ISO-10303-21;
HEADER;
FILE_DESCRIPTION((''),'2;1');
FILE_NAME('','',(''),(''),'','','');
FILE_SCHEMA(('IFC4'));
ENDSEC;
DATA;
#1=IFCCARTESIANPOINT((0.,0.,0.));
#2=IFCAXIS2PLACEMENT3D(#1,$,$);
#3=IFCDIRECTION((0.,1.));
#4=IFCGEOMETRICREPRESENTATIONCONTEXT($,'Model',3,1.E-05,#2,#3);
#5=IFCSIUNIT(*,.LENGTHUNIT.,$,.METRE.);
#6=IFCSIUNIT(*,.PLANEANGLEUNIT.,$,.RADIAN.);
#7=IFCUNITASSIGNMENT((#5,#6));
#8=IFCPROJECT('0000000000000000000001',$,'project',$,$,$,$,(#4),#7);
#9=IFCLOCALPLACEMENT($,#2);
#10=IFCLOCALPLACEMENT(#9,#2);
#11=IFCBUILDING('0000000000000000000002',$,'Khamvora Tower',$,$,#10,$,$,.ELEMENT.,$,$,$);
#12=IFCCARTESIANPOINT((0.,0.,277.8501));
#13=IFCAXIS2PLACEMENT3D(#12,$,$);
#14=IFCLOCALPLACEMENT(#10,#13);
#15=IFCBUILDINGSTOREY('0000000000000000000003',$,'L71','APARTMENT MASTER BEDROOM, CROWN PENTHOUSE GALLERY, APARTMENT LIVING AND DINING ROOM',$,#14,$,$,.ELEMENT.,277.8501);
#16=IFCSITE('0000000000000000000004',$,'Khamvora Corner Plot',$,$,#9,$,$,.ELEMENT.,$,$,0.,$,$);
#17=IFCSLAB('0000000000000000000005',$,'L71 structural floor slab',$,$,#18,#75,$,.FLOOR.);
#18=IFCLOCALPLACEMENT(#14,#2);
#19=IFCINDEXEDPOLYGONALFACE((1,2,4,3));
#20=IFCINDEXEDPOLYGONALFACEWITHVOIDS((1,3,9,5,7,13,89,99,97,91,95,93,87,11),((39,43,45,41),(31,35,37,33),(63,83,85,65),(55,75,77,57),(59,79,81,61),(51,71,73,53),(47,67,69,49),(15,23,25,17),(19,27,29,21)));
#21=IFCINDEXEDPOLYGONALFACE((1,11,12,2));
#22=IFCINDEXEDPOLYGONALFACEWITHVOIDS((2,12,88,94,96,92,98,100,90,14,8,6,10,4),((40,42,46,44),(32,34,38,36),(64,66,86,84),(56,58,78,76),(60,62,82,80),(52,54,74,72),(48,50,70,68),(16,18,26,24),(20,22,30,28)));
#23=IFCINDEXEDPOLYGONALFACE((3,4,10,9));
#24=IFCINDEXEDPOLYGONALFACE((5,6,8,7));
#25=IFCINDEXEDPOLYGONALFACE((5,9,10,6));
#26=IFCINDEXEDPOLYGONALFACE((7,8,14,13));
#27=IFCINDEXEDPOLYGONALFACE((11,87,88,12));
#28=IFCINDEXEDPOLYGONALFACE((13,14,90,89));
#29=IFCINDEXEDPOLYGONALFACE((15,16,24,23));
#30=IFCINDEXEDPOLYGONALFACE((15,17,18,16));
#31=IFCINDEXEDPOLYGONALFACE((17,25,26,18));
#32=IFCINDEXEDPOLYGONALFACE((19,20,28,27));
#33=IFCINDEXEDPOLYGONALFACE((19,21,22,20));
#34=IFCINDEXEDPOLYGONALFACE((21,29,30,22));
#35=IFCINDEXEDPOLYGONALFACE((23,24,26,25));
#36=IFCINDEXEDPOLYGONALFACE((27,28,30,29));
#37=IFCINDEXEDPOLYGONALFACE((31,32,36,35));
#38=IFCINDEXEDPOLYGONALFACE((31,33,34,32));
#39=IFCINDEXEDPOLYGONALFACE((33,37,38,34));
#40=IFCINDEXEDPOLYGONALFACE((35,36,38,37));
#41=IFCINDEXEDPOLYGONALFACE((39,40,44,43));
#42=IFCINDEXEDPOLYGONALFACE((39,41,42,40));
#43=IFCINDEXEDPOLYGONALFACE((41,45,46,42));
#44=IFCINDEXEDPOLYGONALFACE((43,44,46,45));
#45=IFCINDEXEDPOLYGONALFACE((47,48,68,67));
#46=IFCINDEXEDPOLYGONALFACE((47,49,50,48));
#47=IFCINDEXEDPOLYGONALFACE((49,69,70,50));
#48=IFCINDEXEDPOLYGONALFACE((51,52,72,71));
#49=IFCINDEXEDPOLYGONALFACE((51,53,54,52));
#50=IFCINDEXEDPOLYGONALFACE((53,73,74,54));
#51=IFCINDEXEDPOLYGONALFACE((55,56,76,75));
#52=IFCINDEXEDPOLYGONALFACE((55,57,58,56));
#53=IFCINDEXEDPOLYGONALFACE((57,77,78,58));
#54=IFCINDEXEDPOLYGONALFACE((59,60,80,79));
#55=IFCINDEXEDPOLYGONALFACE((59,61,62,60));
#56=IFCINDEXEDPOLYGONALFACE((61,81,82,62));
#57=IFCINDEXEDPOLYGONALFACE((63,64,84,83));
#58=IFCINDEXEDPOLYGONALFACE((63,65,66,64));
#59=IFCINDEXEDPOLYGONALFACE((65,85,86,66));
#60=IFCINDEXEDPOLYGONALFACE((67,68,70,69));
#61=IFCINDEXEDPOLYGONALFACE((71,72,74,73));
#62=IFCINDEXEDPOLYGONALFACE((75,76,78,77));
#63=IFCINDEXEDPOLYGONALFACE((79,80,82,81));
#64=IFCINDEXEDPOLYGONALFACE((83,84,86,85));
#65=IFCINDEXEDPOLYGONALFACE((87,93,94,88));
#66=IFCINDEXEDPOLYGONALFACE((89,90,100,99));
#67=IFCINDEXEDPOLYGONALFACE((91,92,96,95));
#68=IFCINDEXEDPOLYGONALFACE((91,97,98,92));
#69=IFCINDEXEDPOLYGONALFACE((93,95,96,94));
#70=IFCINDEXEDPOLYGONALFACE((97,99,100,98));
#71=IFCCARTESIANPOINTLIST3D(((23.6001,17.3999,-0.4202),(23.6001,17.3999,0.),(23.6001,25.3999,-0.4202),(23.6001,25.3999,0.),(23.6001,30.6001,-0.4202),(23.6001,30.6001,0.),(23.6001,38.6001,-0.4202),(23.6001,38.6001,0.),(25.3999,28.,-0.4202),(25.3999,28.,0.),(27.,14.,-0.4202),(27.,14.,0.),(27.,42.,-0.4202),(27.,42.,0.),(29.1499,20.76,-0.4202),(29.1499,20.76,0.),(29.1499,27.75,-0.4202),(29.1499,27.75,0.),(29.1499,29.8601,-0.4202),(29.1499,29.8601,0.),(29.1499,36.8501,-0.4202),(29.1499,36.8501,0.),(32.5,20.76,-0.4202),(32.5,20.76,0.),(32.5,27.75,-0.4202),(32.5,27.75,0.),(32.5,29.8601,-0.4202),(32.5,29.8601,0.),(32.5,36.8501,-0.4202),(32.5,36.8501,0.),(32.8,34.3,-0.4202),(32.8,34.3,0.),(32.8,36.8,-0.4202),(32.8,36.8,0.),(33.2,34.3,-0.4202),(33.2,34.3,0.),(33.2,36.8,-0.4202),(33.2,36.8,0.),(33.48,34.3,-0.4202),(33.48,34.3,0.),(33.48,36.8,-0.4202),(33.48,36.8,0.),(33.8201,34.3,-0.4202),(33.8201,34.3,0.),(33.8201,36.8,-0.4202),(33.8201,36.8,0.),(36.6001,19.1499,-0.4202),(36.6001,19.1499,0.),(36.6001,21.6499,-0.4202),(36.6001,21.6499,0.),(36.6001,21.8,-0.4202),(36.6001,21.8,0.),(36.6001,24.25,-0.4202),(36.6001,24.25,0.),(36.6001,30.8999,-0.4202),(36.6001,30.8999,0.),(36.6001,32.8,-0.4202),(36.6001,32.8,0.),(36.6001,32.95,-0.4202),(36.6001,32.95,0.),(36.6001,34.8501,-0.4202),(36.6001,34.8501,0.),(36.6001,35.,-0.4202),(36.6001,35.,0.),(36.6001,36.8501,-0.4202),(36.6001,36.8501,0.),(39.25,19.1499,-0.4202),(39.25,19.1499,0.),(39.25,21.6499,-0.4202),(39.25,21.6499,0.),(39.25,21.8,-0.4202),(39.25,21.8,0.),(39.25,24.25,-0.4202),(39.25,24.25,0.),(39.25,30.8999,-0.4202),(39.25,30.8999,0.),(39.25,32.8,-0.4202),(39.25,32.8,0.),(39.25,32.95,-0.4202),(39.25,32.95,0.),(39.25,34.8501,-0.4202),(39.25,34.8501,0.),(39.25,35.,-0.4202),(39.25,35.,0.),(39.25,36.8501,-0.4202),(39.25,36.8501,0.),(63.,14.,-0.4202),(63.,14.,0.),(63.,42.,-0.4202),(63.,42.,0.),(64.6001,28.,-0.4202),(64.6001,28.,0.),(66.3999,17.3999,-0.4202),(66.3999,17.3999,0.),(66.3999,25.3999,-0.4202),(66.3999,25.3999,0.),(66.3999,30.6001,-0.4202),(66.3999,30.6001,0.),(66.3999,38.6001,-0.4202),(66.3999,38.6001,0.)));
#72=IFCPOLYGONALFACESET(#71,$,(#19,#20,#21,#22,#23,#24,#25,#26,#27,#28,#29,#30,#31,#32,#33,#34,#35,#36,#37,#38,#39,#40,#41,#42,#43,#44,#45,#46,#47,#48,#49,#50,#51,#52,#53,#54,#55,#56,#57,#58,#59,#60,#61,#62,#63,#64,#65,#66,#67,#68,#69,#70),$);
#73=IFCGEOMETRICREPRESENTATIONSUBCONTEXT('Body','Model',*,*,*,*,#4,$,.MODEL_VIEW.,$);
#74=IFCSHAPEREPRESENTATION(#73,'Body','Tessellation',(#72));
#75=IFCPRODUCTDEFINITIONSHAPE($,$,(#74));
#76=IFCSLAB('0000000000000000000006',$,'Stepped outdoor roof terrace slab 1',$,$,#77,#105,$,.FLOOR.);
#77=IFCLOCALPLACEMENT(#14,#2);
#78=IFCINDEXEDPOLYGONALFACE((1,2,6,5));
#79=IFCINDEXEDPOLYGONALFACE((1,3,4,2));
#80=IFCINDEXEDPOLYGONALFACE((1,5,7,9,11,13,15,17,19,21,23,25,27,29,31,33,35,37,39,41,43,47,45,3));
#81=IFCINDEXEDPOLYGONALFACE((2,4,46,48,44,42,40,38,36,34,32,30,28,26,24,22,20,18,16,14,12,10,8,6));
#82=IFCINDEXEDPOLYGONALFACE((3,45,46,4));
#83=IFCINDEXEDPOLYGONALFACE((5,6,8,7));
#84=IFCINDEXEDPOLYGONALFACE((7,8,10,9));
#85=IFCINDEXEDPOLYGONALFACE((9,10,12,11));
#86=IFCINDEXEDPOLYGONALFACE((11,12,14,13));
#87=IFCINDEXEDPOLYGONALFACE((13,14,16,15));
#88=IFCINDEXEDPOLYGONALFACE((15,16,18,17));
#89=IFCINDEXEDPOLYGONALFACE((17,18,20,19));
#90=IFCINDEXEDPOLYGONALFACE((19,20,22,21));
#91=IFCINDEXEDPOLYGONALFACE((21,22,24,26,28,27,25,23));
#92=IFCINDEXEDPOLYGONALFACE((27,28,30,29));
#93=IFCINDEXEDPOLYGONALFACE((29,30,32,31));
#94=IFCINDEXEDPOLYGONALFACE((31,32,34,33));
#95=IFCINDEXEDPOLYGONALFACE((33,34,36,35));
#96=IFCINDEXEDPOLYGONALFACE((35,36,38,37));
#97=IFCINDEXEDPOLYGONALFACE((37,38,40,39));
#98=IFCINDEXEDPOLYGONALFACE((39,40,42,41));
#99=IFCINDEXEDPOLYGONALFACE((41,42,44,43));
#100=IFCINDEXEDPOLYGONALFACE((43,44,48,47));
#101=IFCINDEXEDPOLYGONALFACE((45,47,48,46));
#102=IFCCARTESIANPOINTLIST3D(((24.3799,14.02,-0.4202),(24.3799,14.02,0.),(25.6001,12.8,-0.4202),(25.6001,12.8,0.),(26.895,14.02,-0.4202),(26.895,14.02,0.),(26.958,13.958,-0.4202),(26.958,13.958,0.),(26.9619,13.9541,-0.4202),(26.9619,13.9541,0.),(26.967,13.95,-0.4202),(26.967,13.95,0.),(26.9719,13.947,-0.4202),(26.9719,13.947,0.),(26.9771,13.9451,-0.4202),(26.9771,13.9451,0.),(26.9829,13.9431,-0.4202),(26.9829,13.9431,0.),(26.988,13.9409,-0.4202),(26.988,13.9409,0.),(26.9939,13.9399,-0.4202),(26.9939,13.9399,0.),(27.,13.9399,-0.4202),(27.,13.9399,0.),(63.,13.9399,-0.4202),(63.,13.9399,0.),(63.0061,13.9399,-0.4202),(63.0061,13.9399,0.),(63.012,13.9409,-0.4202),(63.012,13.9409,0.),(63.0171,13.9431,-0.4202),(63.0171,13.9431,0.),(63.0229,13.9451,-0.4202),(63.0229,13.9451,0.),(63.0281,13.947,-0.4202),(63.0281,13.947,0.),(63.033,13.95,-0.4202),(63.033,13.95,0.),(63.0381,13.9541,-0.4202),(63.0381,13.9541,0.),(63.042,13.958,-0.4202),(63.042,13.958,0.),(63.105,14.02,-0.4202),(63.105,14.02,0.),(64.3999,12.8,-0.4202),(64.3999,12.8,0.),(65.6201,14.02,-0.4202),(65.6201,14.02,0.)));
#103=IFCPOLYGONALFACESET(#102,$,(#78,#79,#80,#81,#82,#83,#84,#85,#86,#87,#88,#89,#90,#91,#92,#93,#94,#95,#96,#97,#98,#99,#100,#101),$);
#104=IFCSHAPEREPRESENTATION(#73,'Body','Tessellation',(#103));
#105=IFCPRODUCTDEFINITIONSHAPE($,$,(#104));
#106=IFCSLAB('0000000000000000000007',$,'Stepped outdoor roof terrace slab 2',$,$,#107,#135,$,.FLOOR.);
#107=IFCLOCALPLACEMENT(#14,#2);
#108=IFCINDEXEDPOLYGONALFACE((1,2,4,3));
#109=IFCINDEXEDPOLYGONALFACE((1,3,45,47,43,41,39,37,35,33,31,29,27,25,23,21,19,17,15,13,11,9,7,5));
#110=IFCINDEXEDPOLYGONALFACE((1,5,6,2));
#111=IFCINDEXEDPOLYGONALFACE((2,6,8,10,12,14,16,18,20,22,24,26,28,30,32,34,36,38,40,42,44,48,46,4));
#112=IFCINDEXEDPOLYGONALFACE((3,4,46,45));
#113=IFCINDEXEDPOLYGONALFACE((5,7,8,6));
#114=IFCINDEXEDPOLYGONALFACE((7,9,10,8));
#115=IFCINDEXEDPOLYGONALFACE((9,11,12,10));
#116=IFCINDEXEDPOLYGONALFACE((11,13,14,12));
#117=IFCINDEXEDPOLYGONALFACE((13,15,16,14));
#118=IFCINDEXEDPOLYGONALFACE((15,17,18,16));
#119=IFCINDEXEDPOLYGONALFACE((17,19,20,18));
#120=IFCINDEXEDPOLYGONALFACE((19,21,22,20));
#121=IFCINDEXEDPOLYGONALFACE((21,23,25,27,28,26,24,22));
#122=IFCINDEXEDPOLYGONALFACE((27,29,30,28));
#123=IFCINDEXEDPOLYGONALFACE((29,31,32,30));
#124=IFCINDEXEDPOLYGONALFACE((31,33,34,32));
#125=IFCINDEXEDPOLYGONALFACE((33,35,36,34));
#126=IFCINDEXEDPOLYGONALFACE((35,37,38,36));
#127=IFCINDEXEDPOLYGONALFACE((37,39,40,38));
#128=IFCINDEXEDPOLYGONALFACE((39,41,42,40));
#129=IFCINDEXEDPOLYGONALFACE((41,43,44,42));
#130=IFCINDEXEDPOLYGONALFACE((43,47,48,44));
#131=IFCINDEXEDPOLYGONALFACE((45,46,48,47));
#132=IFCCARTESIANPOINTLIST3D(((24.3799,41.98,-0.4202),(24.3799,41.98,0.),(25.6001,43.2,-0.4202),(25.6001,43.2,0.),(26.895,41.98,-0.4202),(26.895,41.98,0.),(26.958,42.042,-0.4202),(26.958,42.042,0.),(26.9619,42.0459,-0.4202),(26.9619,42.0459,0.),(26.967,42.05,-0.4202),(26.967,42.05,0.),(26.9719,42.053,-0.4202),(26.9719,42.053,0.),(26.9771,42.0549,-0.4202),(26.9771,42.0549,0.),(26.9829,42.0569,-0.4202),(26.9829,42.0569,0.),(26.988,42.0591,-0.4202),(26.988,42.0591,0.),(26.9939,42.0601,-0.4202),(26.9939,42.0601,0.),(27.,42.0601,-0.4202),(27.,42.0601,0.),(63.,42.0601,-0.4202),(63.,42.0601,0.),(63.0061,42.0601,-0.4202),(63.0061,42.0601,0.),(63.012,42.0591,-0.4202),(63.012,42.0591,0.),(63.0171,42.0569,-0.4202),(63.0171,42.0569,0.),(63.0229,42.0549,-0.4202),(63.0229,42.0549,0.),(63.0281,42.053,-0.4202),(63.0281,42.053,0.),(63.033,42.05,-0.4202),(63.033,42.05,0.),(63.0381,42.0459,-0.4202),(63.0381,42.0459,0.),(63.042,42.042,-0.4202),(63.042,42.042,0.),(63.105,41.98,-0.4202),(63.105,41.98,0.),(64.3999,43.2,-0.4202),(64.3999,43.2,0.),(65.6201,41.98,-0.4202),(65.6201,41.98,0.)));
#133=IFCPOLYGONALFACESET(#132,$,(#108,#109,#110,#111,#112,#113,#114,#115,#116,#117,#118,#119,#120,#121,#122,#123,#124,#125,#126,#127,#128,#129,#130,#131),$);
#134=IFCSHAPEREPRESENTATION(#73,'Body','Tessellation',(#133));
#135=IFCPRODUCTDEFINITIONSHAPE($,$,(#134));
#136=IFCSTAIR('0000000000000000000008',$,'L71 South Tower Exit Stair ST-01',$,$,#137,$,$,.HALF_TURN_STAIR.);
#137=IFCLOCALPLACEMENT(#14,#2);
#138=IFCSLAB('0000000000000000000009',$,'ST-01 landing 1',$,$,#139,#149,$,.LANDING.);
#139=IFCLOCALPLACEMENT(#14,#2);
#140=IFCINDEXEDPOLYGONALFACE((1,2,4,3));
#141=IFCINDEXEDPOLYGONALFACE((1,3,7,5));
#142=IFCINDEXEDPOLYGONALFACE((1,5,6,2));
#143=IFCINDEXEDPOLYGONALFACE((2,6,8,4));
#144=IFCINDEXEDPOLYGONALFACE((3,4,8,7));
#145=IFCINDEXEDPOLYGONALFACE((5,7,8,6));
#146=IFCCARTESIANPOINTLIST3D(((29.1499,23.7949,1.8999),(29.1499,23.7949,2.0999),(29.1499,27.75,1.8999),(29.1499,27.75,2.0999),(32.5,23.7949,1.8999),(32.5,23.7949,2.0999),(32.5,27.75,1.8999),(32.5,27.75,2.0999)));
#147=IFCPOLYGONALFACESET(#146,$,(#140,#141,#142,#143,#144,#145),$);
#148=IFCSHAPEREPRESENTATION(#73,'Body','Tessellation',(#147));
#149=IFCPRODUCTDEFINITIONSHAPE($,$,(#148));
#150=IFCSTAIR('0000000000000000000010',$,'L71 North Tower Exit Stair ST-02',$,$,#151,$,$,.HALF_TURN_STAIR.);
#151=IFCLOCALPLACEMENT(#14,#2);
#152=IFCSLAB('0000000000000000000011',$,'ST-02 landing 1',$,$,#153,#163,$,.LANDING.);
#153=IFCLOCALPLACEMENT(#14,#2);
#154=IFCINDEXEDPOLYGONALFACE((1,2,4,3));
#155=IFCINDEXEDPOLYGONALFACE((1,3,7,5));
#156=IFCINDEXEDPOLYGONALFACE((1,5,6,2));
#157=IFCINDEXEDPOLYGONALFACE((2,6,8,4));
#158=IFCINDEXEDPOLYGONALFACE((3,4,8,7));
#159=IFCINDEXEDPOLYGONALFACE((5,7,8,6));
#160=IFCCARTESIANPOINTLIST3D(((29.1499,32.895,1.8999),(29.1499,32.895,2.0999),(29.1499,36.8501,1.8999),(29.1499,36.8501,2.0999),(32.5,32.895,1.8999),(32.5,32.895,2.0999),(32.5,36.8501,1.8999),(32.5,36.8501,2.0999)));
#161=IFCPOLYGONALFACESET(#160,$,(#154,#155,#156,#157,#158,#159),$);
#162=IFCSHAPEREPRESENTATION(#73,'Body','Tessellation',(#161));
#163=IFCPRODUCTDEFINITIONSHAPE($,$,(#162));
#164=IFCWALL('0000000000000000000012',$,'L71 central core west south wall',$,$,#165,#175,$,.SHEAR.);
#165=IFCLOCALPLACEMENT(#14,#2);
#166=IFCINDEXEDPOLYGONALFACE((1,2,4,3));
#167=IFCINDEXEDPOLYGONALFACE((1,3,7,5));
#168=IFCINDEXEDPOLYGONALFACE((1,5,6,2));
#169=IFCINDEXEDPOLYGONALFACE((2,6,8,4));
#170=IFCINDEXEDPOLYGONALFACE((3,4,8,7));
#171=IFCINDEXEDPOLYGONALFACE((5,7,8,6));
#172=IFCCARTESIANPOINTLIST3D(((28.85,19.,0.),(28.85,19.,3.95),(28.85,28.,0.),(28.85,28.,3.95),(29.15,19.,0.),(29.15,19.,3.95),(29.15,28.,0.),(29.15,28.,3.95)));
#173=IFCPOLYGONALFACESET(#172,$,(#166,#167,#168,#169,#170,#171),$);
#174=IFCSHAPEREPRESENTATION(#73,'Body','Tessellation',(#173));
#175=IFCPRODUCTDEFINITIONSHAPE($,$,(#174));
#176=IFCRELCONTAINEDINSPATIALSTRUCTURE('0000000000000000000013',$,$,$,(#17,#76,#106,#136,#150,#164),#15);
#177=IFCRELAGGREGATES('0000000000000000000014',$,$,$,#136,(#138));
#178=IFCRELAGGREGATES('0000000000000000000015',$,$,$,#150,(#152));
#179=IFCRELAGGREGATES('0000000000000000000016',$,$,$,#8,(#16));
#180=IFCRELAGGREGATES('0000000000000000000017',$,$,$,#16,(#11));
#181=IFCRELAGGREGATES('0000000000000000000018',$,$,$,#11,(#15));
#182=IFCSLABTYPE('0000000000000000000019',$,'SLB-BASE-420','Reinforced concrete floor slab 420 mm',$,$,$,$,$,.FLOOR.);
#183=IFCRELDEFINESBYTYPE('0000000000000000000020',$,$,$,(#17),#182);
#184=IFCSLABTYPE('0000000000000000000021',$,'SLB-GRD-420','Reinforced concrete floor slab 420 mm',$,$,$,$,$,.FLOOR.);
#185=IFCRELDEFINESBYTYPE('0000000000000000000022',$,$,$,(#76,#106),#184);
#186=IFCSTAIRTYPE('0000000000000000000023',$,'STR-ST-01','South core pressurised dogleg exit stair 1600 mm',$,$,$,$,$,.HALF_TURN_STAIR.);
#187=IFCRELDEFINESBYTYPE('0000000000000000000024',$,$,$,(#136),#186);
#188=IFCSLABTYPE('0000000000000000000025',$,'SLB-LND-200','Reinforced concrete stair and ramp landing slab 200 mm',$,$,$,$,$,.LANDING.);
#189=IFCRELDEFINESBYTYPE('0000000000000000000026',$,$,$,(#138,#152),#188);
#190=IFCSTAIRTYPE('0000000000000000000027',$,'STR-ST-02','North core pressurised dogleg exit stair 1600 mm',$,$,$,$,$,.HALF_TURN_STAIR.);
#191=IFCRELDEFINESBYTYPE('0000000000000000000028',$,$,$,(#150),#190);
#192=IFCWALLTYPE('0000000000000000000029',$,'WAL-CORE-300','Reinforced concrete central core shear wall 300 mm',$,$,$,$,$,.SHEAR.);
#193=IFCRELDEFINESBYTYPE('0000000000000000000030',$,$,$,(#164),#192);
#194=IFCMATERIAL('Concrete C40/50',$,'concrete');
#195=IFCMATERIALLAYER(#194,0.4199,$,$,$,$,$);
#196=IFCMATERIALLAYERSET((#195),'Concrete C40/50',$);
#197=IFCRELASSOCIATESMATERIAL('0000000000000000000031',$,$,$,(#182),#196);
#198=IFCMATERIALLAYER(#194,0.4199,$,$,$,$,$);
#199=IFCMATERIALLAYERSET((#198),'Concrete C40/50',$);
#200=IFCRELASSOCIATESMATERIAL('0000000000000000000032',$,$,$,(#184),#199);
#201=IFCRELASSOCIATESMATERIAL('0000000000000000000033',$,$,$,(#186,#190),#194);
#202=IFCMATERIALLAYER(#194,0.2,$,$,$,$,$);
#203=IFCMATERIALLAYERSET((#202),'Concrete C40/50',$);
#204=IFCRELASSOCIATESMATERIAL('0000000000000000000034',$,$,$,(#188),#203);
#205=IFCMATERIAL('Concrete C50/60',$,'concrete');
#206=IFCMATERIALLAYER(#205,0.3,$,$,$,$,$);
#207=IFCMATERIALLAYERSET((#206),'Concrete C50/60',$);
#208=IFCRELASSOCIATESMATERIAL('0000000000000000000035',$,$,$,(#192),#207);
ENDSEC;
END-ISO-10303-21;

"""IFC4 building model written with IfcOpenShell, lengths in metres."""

from ifc_helpers import new_model, si_unit, direction, frame, frame_2d, origin, place, context, subcontext, project, spatial, polyline, rectangle, outline, extrude, material, layer, layer_set, type_object, element, aggregate, save


model = new_model("IFC4")

# Units and contexts
model_context = context("Model", 3, precision=1e-05, world=origin(), true_north=direction((0.0, 1.0)))
body_context = subcontext(model_context, "Body", "Model", "MODEL_VIEW")
ifc_project = project(units=[si_unit("LENGTHUNIT", "METRE"), si_unit("PLANEANGLEUNIT", "RADIAN")], contexts=[model_context])

# Site, building, storey
site_placement = place(None, origin())
site = spatial("IfcSite", under=ifc_project, at=site_placement, Name="Khamvora Corner Plot", CompositionType="ELEMENT", RefElevation=0.0)
building_placement = place(site_placement, origin())
building = spatial("IfcBuilding", under=site, at=building_placement, Name="Khamvora Tower", CompositionType="ELEMENT")
storey_placement = place(building_placement, frame((0.0, 0.0, 277.8501)))
storey = spatial("IfcBuildingStorey", under=building, at=storey_placement, Name="L71", Description="APARTMENT MASTER BEDROOM, CROWN PENTHOUSE GALLERY, APARTMENT LIVING AND DINING ROOM", CompositionType="ELEMENT", Elevation=277.8501)

# Slabs
ifc_material_1 = material(Name="Concrete C40/50", Category="concrete")
ifc_layer_1 = layer(ifc_material_1, 0.4199)
ifc_layer_set_1 = layer_set([ifc_layer_1], Name="Concrete C40/50")
slab_type_1 = type_object("IfcSlabType", Name="SLB-BASE-420", Description="Reinforced concrete floor slab 420 mm", PredefinedType="FLOOR", material=ifc_layer_set_1)
slab_1_placement = place(storey_placement, frame((0.0, 0.0, -0.4202)))
element("IfcSlab", 1, at=slab_1_placement, inside=storey, type_object=slab_type_1, Name="L71 structural floor slab", PredefinedType="FLOOR", context=body_context, shape_type="SweptSolid", body=[
    extrude(outline(polyline([(27.0, 14.0), (63.0, 14.0), (66.3999, 17.3999), (66.3999, 25.3999), (64.6001, 28.0), (66.3999, 30.6001), (66.3999, 38.6001), (63.0, 42.0), (27.0, 42.0), (23.6001, 38.6001), (23.6001, 30.6001), (25.3999, 28.0), (23.6001, 25.3999), (23.6001, 17.3999), (27.0, 14.0)]), holes=[polyline([(32.5, 20.76), (32.5, 27.75), (29.1499, 27.75), (29.1499, 20.76), (32.5, 20.76)]), polyline([(32.5, 29.8601), (32.5, 36.8501), (29.1499, 36.8501), (29.1499, 29.8601), (32.5, 29.8601)]), polyline([(36.6001, 19.1499), (39.25, 19.1499), (39.25, 21.6499), (36.6001, 21.6499), (36.6001, 19.1499)]), polyline([(36.6001, 21.8), (39.25, 21.8), (39.25, 24.25), (36.6001, 24.25), (36.6001, 21.8)]), polyline([(36.6001, 30.8999), (39.25, 30.8999), (39.25, 32.8), (36.6001, 32.8), (36.6001, 30.8999)]), polyline([(36.6001, 32.95), (39.25, 32.95), (39.25, 34.8501), (36.6001, 34.8501), (36.6001, 32.95)]), polyline([(36.6001, 35.0), (39.25, 35.0), (39.25, 36.8501), (36.6001, 36.8501), (36.6001, 35.0)]), polyline([(32.8, 34.3), (33.2, 34.3), (33.2, 36.8), (32.8, 36.8), (32.8, 34.3)]), polyline([(33.48, 34.3), (33.8201, 34.3), (33.8201, 36.8), (33.48, 36.8), (33.48, 34.3)])]), origin(), (0.0, 0.0, 1.0), 0.4202),
])
ifc_layer_2 = layer(ifc_material_1, 0.4199)
ifc_layer_set_2 = layer_set([ifc_layer_2], Name="Concrete C40/50")
slab_type_2 = type_object("IfcSlabType", Name="SLB-GRD-420", Description="Reinforced concrete floor slab 420 mm", PredefinedType="FLOOR", material=ifc_layer_set_2)
slab_2_placement = place(storey_placement, frame((0.0, 0.0, -0.4202)))
element("IfcSlab", 2, at=slab_2_placement, inside=storey, type_object=slab_type_2, Name="Stepped outdoor roof terrace slab 1", PredefinedType="FLOOR", context=body_context, shape_type="SweptSolid", body=[
    extrude(outline(polyline([(64.3999, 12.8), (25.6001, 12.8), (24.3799, 14.02), (26.895, 14.02), (26.958, 13.958), (26.9619, 13.9541), (26.967, 13.95), (26.9719, 13.947), (26.9771, 13.9451), (26.9829, 13.9431), (26.988, 13.9409), (26.9939, 13.9399), (27.0, 13.9399), (63.0, 13.9399), (63.0061, 13.9399), (63.012, 13.9409), (63.0171, 13.9431), (63.0229, 13.9451), (63.0281, 13.947), (63.033, 13.95), (63.0381, 13.9541), (63.042, 13.958), (63.105, 14.02), (65.6201, 14.02), (64.3999, 12.8)])), origin(), (0.0, 0.0, 1.0), 0.4202),
])
slab_3_placement = place(storey_placement, frame((0.0, 0.0, -0.4202)))
element("IfcSlab", 3, at=slab_3_placement, inside=storey, type_object=slab_type_2, Name="Stepped outdoor roof terrace slab 2", PredefinedType="FLOOR", context=body_context, shape_type="SweptSolid", body=[
    extrude(outline(polyline([(25.6001, 43.2), (64.3999, 43.2), (65.6201, 41.98), (63.105, 41.98), (63.042, 42.042), (63.0381, 42.0459), (63.033, 42.05), (63.0281, 42.053), (63.0229, 42.0549), (63.0171, 42.0569), (63.012, 42.0591), (63.0061, 42.0601), (63.0, 42.0601), (27.0, 42.0601), (26.9939, 42.0601), (26.988, 42.0591), (26.9829, 42.0569), (26.9771, 42.0549), (26.9719, 42.053), (26.967, 42.05), (26.9619, 42.0459), (26.958, 42.042), (26.895, 41.98), (24.3799, 41.98), (25.6001, 43.2)])), origin(), (0.0, 0.0, 1.0), 0.4202),
])

# Stairs, slabs
stair_type_1 = type_object("IfcStairType", Name="STR-ST-01", Description="South core pressurised dogleg exit stair 1600 mm", PredefinedType="HALF_TURN_STAIR", material=ifc_material_1)
stair_1_placement = place(storey_placement, origin())
stair_1 = element("IfcStair", 4, at=stair_1_placement, inside=storey, type_object=stair_type_1, Name="L71 South Tower Exit Stair ST-01", PredefinedType="HALF_TURN_STAIR")
ifc_layer_3 = layer(ifc_material_1, 0.2)
ifc_layer_set_3 = layer_set([ifc_layer_3], Name="Concrete C40/50")
slab_type_3 = type_object("IfcSlabType", Name="SLB-LND-200", Description="Reinforced concrete stair and ramp landing slab 200 mm", PredefinedType="LANDING", material=ifc_layer_set_3)
slab_4_placement = place(storey_placement, frame((0.0, 0.0, 1.8999)))
slab_4 = element("IfcSlab", 5, at=slab_4_placement, type_object=slab_type_3, Name="ST-01 landing 1", PredefinedType="LANDING", context=body_context, shape_type="SweptSolid", body=[
    extrude(outline(polyline([(32.5, 23.7949), (32.5, 27.75), (29.1499, 27.75), (29.1499, 23.7949), (32.5, 23.7949)])), origin(), (0.0, 0.0, 1.0), 0.2),
])
aggregate(stair_1, [slab_4])
stair_type_2 = type_object("IfcStairType", Name="STR-ST-02", Description="North core pressurised dogleg exit stair 1600 mm", PredefinedType="HALF_TURN_STAIR", material=ifc_material_1)
stair_2_placement = place(storey_placement, origin())
stair_2 = element("IfcStair", 6, at=stair_2_placement, inside=storey, type_object=stair_type_2, Name="L71 North Tower Exit Stair ST-02", PredefinedType="HALF_TURN_STAIR")
slab_5_placement = place(storey_placement, frame((0.0, 0.0, 1.8999)))
slab_5 = element("IfcSlab", 7, at=slab_5_placement, type_object=slab_type_3, Name="ST-02 landing 1", PredefinedType="LANDING", context=body_context, shape_type="SweptSolid", body=[
    extrude(outline(polyline([(32.5, 32.895), (32.5, 36.8501), (29.1499, 36.8501), (29.1499, 32.895), (32.5, 32.895)])), origin(), (0.0, 0.0, 1.0), 0.2),
])
aggregate(stair_2, [slab_5])

# Wall
ifc_material_2 = material(Name="Concrete C50/60", Category="concrete")
ifc_layer_4 = layer(ifc_material_2, 0.3)
ifc_layer_set_4 = layer_set([ifc_layer_4], Name="Concrete C50/60")
wall_type_1 = type_object("IfcWallType", Name="WAL-CORE-300", Description="Reinforced concrete central core shear wall 300 mm", PredefinedType="SHEAR", material=ifc_layer_set_4)
wall_1_placement = place(storey_placement, frame((29.0, 19.0, 0.0), z_axis=(0.0, 0.0, 1.0), x_axis=(0.0, 1.0, 0.0)))
element("IfcWall", 8, at=wall_1_placement, inside=storey, type_object=wall_type_1, Name="L71 central core west south wall", PredefinedType="SHEAR", context=body_context, shape_type="SweptSolid", body=[
    extrude(rectangle(XDim=9.0, YDim=0.3, at=frame_2d((4.5, 0.0))), origin(), (0.0, 0.0, 1.0), 3.95),
])

save(model, "model.ifc")
